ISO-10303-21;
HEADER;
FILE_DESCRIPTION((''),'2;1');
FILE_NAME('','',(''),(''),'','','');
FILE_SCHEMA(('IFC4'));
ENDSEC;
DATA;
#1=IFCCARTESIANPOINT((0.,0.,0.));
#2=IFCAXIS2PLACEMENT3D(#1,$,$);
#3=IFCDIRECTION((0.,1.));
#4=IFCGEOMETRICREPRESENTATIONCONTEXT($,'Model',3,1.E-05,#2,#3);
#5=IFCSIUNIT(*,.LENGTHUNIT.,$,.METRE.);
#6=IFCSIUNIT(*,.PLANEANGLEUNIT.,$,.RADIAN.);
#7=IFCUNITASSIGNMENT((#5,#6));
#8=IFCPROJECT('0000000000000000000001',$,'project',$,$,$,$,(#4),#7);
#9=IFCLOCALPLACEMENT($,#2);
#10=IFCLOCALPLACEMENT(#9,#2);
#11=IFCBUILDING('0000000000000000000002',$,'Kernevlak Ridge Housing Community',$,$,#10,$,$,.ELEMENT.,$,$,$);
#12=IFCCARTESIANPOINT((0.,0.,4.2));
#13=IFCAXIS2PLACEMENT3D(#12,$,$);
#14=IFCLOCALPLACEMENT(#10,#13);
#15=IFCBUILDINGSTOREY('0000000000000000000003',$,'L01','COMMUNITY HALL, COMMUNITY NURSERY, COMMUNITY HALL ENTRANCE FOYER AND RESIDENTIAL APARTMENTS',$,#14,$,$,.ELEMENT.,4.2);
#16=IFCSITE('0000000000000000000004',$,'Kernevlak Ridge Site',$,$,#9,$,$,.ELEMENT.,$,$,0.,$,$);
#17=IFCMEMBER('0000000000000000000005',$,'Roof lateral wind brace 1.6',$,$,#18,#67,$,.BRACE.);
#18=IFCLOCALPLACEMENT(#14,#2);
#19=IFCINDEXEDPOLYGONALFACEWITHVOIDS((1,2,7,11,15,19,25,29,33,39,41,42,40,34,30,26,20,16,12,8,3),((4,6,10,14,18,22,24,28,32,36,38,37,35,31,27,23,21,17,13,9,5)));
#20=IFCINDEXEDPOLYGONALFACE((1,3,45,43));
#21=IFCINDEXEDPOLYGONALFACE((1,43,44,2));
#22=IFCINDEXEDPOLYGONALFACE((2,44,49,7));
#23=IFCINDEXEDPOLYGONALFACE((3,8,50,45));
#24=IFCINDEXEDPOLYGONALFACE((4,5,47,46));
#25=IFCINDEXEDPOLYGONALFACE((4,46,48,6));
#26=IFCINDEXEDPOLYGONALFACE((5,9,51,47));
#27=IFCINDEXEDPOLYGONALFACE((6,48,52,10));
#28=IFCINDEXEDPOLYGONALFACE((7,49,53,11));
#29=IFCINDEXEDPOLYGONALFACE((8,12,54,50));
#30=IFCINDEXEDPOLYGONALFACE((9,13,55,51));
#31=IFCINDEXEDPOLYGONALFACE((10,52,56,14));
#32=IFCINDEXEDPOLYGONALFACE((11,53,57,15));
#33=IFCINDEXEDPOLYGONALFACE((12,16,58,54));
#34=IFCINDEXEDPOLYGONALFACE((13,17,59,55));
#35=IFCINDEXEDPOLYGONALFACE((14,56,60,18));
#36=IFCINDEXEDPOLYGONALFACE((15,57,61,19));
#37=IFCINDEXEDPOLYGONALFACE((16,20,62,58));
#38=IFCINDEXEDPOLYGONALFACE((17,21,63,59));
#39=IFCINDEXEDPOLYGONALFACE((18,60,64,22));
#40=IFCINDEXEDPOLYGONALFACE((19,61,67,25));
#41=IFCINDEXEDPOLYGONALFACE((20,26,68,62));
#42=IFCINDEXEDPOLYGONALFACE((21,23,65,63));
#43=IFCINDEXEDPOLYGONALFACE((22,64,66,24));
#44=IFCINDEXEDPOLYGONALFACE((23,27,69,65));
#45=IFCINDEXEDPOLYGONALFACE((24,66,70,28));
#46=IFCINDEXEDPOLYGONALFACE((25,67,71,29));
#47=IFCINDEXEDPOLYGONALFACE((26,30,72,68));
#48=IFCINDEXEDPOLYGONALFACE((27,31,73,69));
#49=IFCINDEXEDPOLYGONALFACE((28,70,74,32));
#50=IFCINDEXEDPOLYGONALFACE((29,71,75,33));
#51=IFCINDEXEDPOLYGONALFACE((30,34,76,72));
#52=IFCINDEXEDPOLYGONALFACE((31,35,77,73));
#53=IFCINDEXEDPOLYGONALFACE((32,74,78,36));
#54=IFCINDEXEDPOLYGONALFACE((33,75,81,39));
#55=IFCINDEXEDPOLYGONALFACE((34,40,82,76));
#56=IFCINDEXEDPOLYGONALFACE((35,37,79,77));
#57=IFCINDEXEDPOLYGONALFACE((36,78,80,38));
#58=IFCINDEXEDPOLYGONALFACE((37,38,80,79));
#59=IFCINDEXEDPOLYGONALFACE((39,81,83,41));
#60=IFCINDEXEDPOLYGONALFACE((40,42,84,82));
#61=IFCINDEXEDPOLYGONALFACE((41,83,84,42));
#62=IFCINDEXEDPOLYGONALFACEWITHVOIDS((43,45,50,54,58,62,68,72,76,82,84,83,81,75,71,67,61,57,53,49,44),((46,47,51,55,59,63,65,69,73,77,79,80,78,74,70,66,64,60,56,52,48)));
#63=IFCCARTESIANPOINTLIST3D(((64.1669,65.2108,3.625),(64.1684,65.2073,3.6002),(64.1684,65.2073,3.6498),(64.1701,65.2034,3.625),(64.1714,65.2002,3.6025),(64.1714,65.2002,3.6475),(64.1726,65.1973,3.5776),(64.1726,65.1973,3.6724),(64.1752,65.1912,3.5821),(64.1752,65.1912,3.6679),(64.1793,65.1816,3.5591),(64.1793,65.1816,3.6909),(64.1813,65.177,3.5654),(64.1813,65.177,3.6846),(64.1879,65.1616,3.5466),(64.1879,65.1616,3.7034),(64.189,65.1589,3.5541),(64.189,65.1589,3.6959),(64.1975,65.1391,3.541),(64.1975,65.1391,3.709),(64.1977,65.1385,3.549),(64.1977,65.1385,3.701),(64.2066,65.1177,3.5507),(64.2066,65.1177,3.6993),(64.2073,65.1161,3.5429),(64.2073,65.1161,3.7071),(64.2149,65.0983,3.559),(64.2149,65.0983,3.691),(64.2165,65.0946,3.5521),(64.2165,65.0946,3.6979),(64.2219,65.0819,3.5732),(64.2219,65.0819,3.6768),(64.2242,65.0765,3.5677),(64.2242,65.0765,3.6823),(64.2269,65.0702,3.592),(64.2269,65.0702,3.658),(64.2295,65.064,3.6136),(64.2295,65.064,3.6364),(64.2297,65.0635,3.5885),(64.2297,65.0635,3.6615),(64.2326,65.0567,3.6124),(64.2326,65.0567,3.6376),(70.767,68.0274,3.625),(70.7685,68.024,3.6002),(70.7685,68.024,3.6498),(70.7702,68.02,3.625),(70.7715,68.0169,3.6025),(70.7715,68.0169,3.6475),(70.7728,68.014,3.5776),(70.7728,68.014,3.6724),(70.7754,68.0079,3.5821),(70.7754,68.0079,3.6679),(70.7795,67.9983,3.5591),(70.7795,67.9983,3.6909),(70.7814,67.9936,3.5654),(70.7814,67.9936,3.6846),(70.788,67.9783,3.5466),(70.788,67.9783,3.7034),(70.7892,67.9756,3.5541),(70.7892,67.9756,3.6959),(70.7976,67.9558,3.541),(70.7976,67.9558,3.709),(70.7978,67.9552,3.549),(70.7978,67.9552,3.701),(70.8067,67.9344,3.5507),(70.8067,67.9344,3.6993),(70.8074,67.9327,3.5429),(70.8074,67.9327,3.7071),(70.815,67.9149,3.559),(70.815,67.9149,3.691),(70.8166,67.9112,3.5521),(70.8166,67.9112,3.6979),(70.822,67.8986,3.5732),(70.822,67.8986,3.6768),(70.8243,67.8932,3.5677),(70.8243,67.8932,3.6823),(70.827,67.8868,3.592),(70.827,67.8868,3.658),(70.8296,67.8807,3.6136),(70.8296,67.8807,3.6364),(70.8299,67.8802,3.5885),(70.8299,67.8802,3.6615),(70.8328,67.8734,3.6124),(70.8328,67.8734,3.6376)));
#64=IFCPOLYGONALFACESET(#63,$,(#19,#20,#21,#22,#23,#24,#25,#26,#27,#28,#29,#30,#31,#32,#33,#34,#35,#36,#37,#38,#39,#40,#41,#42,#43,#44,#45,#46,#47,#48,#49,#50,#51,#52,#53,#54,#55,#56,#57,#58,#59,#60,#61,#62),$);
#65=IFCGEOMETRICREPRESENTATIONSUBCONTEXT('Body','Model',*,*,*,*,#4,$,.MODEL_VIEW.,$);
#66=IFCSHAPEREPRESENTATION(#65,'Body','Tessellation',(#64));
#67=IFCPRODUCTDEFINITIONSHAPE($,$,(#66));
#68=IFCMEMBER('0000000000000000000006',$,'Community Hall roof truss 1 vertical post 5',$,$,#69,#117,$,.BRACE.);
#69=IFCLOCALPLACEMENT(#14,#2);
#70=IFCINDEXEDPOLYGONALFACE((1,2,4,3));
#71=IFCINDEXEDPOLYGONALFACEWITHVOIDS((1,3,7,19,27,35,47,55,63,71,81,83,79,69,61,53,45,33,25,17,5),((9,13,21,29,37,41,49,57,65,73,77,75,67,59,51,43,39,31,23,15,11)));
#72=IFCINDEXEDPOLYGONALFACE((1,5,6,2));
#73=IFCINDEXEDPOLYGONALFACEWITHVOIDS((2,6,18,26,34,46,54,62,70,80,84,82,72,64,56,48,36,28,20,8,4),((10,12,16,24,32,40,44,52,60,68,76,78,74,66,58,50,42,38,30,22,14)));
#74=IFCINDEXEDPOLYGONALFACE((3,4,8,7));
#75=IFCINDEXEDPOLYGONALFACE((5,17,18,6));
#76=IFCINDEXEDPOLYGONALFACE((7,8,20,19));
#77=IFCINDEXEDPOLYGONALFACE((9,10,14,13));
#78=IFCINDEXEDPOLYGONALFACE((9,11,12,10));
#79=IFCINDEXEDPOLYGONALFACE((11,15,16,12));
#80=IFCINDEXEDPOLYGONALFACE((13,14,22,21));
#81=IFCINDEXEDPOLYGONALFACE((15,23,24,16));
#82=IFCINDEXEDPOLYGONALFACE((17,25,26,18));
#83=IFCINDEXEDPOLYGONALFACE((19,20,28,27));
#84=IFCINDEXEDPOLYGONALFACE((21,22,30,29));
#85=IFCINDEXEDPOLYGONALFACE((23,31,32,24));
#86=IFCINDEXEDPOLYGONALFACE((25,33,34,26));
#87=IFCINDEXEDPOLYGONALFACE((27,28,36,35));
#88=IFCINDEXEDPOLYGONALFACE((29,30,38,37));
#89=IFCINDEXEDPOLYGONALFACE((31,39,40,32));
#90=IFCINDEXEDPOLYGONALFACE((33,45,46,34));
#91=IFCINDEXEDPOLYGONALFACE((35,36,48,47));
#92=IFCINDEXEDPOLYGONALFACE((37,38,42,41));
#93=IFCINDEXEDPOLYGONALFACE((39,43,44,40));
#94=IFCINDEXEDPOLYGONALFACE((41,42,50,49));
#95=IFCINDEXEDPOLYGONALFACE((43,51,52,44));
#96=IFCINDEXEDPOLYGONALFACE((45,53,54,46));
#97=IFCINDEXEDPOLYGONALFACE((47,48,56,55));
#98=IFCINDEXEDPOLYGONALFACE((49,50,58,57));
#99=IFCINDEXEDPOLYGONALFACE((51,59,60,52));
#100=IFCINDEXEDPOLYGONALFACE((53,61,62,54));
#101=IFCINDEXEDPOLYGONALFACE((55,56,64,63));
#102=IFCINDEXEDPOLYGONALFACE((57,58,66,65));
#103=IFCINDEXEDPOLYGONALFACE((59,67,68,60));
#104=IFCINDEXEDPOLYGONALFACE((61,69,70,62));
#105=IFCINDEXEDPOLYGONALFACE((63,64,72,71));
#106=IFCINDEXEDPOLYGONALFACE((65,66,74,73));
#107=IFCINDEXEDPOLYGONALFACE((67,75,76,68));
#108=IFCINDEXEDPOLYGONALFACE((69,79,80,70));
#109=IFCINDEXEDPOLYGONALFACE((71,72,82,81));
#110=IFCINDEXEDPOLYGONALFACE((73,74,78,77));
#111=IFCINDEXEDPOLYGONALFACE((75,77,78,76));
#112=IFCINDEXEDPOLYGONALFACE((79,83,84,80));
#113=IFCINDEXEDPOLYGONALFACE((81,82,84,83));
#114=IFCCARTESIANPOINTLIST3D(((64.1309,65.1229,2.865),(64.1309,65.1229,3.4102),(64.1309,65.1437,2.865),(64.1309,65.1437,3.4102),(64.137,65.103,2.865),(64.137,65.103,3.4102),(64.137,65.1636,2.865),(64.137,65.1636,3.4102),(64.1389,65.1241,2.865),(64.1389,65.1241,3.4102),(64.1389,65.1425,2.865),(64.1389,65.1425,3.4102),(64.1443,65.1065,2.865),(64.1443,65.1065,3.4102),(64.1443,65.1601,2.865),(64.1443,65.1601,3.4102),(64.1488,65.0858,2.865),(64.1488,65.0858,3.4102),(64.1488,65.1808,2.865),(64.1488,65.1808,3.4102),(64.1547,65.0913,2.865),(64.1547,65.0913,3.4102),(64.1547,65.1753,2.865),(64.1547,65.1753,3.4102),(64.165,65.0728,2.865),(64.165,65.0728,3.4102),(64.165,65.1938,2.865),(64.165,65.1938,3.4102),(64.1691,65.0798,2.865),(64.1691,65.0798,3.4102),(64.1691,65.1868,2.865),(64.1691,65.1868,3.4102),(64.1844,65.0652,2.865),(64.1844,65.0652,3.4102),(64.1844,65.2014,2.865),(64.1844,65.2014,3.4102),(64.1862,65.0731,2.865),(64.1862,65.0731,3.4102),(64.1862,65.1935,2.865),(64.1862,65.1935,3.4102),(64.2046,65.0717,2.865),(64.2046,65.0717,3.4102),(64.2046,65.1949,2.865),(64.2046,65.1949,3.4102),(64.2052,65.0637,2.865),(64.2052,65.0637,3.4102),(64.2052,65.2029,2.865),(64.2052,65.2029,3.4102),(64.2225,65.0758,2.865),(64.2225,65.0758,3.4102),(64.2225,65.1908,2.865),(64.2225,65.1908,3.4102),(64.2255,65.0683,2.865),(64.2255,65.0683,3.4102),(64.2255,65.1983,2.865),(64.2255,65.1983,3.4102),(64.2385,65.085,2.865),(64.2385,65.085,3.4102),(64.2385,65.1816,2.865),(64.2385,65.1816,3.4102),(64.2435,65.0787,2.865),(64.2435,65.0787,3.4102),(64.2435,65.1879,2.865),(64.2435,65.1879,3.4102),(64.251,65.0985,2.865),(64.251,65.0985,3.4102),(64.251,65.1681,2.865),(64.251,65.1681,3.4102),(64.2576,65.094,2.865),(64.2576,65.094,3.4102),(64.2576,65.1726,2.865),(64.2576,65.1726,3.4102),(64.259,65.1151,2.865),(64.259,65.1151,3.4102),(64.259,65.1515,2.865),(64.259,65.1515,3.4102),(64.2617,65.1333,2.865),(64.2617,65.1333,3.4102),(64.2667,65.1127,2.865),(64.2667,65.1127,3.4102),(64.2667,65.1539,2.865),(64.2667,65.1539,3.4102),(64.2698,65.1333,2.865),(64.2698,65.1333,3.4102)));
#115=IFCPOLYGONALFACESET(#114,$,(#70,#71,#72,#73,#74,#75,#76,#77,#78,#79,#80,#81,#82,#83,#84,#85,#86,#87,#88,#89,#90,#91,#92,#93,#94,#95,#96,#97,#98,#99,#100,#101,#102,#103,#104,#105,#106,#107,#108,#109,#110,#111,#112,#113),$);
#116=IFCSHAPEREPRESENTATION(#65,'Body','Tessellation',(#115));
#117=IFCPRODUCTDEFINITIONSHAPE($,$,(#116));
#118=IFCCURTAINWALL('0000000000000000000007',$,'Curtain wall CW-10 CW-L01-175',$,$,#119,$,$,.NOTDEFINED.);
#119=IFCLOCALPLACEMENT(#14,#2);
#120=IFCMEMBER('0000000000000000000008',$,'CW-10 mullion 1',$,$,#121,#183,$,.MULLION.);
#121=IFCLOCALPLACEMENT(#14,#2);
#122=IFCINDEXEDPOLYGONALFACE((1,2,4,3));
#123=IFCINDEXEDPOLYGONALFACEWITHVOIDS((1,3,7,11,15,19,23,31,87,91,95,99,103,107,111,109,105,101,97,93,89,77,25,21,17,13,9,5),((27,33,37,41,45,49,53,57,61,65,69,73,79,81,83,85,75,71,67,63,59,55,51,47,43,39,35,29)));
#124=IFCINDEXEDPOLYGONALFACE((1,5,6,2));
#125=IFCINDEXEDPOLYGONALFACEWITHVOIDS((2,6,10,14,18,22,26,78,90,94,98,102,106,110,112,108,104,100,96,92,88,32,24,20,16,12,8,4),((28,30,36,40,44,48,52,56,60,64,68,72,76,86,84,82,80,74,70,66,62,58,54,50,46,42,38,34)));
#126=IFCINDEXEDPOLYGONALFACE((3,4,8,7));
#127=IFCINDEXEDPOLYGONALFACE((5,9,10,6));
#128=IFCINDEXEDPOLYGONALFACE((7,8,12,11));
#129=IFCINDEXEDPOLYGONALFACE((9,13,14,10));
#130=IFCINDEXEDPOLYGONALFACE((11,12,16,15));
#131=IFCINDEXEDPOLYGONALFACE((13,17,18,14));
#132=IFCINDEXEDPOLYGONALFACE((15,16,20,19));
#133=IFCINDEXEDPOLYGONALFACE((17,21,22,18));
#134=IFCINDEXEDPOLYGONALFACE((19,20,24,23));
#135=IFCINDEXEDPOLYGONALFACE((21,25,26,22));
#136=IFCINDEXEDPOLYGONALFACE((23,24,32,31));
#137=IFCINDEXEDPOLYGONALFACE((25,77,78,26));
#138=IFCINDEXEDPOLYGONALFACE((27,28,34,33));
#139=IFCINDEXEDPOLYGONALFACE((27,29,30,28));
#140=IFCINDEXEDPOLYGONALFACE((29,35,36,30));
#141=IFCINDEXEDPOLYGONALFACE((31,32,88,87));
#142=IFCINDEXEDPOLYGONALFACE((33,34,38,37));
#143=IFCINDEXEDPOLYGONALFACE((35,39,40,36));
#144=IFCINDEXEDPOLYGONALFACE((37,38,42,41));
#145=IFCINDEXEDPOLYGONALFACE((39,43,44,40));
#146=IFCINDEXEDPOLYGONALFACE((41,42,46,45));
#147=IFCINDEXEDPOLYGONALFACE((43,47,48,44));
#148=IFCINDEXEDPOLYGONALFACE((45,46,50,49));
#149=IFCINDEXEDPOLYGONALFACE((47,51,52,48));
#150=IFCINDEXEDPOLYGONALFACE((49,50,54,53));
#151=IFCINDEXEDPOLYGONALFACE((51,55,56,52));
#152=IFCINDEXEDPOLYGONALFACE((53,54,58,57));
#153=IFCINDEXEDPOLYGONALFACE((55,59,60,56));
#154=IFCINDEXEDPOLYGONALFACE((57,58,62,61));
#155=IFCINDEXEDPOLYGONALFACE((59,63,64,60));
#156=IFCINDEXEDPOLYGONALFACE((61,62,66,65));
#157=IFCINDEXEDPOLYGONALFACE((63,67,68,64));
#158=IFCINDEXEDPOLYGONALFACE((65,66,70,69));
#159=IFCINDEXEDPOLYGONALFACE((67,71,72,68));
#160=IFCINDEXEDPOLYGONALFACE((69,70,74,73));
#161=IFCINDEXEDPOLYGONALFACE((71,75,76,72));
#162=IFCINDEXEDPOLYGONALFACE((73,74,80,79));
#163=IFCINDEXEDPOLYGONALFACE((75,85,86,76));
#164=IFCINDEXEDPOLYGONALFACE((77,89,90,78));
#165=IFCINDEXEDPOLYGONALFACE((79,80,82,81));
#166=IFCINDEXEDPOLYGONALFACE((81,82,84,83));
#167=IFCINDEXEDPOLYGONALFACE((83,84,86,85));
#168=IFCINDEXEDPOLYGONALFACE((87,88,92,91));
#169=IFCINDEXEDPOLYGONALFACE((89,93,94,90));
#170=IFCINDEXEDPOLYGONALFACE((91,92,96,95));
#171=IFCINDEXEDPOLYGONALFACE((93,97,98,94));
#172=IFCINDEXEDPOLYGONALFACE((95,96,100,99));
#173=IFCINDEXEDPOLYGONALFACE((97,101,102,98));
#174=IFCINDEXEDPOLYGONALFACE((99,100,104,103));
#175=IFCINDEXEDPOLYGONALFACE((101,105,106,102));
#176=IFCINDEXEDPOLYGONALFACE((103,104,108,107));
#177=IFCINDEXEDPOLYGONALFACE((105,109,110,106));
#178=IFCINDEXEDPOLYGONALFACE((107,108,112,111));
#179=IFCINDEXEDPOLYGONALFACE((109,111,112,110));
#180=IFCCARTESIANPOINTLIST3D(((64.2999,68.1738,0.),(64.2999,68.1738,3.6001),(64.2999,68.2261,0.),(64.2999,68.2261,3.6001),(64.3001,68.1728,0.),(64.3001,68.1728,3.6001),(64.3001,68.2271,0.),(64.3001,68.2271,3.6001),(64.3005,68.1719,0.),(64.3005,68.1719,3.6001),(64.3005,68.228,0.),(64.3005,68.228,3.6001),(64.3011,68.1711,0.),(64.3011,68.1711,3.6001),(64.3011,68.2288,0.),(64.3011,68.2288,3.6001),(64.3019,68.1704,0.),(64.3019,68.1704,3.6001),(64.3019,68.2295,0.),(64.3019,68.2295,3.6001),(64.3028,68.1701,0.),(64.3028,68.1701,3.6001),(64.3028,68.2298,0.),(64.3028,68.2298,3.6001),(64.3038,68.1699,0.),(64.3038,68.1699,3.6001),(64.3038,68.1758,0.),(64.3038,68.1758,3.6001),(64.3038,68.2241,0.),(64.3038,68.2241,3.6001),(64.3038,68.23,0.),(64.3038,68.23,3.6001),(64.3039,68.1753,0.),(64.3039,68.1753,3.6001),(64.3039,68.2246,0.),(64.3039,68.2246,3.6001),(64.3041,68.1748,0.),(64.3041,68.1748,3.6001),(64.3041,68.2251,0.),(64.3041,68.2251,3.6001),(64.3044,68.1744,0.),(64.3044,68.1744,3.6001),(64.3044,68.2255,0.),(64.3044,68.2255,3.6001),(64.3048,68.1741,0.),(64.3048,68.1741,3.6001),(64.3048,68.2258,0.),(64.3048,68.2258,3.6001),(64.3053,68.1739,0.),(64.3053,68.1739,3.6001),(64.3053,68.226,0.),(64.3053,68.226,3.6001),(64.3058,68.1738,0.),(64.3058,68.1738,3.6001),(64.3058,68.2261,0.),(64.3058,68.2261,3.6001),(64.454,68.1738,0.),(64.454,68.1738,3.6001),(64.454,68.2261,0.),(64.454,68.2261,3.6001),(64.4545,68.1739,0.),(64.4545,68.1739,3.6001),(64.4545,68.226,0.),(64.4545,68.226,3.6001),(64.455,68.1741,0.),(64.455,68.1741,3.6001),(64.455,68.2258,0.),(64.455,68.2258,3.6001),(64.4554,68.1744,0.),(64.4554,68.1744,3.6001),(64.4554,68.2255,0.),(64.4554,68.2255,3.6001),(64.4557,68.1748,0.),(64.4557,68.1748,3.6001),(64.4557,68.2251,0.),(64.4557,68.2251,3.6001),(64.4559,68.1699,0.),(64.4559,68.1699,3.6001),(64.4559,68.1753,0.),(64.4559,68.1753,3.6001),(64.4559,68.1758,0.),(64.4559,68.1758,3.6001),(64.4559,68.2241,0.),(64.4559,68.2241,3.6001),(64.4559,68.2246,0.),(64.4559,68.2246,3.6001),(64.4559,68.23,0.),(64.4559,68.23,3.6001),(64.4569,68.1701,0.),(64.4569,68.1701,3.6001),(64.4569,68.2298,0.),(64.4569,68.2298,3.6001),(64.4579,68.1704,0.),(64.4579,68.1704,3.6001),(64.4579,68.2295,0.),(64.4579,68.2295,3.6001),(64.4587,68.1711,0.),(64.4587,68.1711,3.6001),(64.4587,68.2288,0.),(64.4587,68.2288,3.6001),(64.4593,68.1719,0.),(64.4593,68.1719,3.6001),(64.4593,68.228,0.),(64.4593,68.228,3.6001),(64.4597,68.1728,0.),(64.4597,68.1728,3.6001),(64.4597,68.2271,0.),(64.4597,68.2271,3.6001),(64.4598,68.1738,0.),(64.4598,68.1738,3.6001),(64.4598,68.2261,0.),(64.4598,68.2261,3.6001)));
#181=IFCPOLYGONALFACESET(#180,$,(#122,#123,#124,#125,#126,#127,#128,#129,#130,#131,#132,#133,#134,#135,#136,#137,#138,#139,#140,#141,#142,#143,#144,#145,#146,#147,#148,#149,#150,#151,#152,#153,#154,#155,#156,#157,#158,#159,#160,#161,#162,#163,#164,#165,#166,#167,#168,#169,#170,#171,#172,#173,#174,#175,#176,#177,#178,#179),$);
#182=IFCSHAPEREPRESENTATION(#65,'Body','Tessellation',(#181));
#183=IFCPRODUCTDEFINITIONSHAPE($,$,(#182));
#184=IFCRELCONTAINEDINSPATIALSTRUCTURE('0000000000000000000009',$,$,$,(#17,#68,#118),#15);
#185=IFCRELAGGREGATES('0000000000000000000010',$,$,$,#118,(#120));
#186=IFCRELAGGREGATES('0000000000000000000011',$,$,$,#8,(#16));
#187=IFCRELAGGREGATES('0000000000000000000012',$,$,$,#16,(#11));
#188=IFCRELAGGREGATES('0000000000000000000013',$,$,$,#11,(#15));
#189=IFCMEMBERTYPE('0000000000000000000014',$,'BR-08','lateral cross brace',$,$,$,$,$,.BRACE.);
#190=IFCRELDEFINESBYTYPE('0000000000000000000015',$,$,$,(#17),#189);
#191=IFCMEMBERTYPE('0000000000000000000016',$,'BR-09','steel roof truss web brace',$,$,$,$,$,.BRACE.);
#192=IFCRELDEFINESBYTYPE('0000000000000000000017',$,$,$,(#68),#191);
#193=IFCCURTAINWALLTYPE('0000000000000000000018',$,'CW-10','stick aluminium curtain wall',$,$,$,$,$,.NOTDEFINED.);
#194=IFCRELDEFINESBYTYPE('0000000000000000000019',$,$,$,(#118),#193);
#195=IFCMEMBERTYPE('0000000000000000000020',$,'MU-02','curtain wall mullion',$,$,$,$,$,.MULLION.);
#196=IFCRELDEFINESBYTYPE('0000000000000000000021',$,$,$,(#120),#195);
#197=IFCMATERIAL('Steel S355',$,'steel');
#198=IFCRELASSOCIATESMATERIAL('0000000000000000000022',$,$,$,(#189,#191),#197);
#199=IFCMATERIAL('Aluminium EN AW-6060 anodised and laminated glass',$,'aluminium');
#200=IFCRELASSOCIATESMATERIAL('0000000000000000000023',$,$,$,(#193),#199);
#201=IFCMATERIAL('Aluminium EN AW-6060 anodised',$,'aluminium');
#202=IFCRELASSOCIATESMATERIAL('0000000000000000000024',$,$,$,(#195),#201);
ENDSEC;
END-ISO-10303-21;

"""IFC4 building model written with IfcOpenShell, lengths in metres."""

from ifc_helpers import new_model, si_unit, direction, frame, origin, origin_2d, place, context, subcontext, project, spatial, hollow_rectangle, hollow_circle, extrude, material, material_profile, profile_set, type_object, element, aggregate, save


model = new_model("IFC4")

# Units and contexts
model_context = context("Model", 3, precision=1e-05, world=origin(), true_north=direction((0.0, 1.0)))
body_context = subcontext(model_context, "Body", "Model", "MODEL_VIEW")
ifc_project = project(units=[si_unit("LENGTHUNIT", "METRE"), si_unit("PLANEANGLEUNIT", "RADIAN")], contexts=[model_context])

# Site, building, storey
site_placement = place(None, origin())
site = spatial("IfcSite", under=ifc_project, at=site_placement, Name="Kernevlak Ridge Site", CompositionType="ELEMENT", RefElevation=0.0)
building_placement = place(site_placement, origin())
building = spatial("IfcBuilding", under=site, at=building_placement, Name="Kernevlak Ridge Housing Community", CompositionType="ELEMENT")
storey_placement = place(building_placement, frame((0.0, 0.0, 4.2)))
storey = spatial("IfcBuildingStorey", under=building, at=storey_placement, Name="L01", Description="COMMUNITY HALL, COMMUNITY NURSERY, COMMUNITY HALL ENTRANCE FOYER AND RESIDENTIAL APARTMENTS", CompositionType="ELEMENT", Elevation=4.2)

# Shared definitions
ifc_material_1 = material(Name="Steel S355", Category="steel")

# Members
ifc_material_profile_1 = material_profile(ifc_material_1, hollow_circle(Radius=0.0842, WallThickness=0.0081, at=origin_2d()), Name="CHS 168.3x8")
ifc_profile_set_1 = profile_set([ifc_material_profile_1], Name="Steel S355")
member_type_1 = type_object("IfcMemberType", Name="BR-08", Description="lateral cross brace", PredefinedType="BRACE", material=ifc_profile_set_1)
member_1_placement = place(storey_placement, frame((64.2, 65.1333, 3.625), z_axis=(0.919748, 0.39251, 0.0), x_axis=(-0.39251, 0.919748, 0.0)))
element("IfcMember", 1, at=member_1_placement, inside=storey, type_object=member_type_1, Name="Roof lateral wind brace 1.6", PredefinedType="BRACE", context=body_context, shape_type="SweptSolid", body=[
    extrude(hollow_circle(Radius=0.0842, WallThickness=0.0081, at=origin_2d()), origin(), (0.0, 0.0, 1.0), 7.176),
])
ifc_material_profile_2 = material_profile(ifc_material_1, hollow_circle(Radius=0.0698, WallThickness=0.0081, at=origin_2d()), Name="CHS 139.7x8")
ifc_profile_set_2 = profile_set([ifc_material_profile_2], Name="Steel S355")
member_type_2 = type_object("IfcMemberType", Name="BR-09", Description="steel roof truss web brace", PredefinedType="BRACE", material=ifc_profile_set_2)
member_2_placement = place(storey_placement, frame((64.2, 65.1333, 2.865), z_axis=(0.0, 0.0, 1.0), x_axis=(1.0, 0.0, 0.0)))
element("IfcMember", 2, at=member_2_placement, inside=storey, type_object=member_type_2, Name="Community Hall roof truss 1 vertical post 5", PredefinedType="BRACE", context=body_context, shape_type="SweptSolid", body=[
    extrude(hollow_circle(Radius=0.0698, WallThickness=0.0081, at=origin_2d()), origin(), (0.0, 0.0, 1.0), 0.5452),
])

# Curtain wall, member
ifc_material_2 = material(Name="Aluminium EN AW-6060 anodised and laminated glass", Category="aluminium")
curtain_wall_type = type_object("IfcCurtainWallType", Name="CW-10", Description="stick aluminium curtain wall", PredefinedType="NOTDEFINED", material=ifc_material_2)
curtain_wall_placement = place(storey_placement, origin())
curtain_wall = element("IfcCurtainWall", 3, at=curtain_wall_placement, inside=storey, type_object=curtain_wall_type, Name="Curtain wall CW-10 CW-L01-175", PredefinedType="NOTDEFINED")
ifc_material_3 = material(Name="Aluminium EN AW-6060 anodised", Category="aluminium")
ifc_material_profile_3 = material_profile(ifc_material_3, hollow_rectangle(XDim=0.0601, YDim=0.1599, WallThickness=0.0039, InnerFilletRadius=0.002, OuterFilletRadius=0.0039, at=origin_2d()), Name="ALU 60x160x4")
ifc_profile_set_3 = profile_set([ifc_material_profile_3], Name="Aluminium EN AW-6060 anodised")
member_type_3 = type_object("IfcMemberType", Name="MU-02", Description="curtain wall mullion", PredefinedType="MULLION", material=ifc_profile_set_3)
member_3_placement = place(storey_placement, frame((64.3799, 68.2, 0.0), z_axis=(0.0, 0.0, 1.0), x_axis=(0.0, 1.0, 0.0)))
member_3 = element("IfcMember", 4, at=member_3_placement, type_object=member_type_3, Name="CW-10 mullion 1", PredefinedType="MULLION", context=body_context, shape_type="SweptSolid", body=[
    extrude(hollow_rectangle(XDim=0.0601, YDim=0.1599, WallThickness=0.0039, InnerFilletRadius=0.002, OuterFilletRadius=0.0039, at=origin_2d()), origin(), (0.0, 0.0, 1.0), 3.6001),
])

aggregate(curtain_wall, [member_3])

save(model, "model.ifc")
